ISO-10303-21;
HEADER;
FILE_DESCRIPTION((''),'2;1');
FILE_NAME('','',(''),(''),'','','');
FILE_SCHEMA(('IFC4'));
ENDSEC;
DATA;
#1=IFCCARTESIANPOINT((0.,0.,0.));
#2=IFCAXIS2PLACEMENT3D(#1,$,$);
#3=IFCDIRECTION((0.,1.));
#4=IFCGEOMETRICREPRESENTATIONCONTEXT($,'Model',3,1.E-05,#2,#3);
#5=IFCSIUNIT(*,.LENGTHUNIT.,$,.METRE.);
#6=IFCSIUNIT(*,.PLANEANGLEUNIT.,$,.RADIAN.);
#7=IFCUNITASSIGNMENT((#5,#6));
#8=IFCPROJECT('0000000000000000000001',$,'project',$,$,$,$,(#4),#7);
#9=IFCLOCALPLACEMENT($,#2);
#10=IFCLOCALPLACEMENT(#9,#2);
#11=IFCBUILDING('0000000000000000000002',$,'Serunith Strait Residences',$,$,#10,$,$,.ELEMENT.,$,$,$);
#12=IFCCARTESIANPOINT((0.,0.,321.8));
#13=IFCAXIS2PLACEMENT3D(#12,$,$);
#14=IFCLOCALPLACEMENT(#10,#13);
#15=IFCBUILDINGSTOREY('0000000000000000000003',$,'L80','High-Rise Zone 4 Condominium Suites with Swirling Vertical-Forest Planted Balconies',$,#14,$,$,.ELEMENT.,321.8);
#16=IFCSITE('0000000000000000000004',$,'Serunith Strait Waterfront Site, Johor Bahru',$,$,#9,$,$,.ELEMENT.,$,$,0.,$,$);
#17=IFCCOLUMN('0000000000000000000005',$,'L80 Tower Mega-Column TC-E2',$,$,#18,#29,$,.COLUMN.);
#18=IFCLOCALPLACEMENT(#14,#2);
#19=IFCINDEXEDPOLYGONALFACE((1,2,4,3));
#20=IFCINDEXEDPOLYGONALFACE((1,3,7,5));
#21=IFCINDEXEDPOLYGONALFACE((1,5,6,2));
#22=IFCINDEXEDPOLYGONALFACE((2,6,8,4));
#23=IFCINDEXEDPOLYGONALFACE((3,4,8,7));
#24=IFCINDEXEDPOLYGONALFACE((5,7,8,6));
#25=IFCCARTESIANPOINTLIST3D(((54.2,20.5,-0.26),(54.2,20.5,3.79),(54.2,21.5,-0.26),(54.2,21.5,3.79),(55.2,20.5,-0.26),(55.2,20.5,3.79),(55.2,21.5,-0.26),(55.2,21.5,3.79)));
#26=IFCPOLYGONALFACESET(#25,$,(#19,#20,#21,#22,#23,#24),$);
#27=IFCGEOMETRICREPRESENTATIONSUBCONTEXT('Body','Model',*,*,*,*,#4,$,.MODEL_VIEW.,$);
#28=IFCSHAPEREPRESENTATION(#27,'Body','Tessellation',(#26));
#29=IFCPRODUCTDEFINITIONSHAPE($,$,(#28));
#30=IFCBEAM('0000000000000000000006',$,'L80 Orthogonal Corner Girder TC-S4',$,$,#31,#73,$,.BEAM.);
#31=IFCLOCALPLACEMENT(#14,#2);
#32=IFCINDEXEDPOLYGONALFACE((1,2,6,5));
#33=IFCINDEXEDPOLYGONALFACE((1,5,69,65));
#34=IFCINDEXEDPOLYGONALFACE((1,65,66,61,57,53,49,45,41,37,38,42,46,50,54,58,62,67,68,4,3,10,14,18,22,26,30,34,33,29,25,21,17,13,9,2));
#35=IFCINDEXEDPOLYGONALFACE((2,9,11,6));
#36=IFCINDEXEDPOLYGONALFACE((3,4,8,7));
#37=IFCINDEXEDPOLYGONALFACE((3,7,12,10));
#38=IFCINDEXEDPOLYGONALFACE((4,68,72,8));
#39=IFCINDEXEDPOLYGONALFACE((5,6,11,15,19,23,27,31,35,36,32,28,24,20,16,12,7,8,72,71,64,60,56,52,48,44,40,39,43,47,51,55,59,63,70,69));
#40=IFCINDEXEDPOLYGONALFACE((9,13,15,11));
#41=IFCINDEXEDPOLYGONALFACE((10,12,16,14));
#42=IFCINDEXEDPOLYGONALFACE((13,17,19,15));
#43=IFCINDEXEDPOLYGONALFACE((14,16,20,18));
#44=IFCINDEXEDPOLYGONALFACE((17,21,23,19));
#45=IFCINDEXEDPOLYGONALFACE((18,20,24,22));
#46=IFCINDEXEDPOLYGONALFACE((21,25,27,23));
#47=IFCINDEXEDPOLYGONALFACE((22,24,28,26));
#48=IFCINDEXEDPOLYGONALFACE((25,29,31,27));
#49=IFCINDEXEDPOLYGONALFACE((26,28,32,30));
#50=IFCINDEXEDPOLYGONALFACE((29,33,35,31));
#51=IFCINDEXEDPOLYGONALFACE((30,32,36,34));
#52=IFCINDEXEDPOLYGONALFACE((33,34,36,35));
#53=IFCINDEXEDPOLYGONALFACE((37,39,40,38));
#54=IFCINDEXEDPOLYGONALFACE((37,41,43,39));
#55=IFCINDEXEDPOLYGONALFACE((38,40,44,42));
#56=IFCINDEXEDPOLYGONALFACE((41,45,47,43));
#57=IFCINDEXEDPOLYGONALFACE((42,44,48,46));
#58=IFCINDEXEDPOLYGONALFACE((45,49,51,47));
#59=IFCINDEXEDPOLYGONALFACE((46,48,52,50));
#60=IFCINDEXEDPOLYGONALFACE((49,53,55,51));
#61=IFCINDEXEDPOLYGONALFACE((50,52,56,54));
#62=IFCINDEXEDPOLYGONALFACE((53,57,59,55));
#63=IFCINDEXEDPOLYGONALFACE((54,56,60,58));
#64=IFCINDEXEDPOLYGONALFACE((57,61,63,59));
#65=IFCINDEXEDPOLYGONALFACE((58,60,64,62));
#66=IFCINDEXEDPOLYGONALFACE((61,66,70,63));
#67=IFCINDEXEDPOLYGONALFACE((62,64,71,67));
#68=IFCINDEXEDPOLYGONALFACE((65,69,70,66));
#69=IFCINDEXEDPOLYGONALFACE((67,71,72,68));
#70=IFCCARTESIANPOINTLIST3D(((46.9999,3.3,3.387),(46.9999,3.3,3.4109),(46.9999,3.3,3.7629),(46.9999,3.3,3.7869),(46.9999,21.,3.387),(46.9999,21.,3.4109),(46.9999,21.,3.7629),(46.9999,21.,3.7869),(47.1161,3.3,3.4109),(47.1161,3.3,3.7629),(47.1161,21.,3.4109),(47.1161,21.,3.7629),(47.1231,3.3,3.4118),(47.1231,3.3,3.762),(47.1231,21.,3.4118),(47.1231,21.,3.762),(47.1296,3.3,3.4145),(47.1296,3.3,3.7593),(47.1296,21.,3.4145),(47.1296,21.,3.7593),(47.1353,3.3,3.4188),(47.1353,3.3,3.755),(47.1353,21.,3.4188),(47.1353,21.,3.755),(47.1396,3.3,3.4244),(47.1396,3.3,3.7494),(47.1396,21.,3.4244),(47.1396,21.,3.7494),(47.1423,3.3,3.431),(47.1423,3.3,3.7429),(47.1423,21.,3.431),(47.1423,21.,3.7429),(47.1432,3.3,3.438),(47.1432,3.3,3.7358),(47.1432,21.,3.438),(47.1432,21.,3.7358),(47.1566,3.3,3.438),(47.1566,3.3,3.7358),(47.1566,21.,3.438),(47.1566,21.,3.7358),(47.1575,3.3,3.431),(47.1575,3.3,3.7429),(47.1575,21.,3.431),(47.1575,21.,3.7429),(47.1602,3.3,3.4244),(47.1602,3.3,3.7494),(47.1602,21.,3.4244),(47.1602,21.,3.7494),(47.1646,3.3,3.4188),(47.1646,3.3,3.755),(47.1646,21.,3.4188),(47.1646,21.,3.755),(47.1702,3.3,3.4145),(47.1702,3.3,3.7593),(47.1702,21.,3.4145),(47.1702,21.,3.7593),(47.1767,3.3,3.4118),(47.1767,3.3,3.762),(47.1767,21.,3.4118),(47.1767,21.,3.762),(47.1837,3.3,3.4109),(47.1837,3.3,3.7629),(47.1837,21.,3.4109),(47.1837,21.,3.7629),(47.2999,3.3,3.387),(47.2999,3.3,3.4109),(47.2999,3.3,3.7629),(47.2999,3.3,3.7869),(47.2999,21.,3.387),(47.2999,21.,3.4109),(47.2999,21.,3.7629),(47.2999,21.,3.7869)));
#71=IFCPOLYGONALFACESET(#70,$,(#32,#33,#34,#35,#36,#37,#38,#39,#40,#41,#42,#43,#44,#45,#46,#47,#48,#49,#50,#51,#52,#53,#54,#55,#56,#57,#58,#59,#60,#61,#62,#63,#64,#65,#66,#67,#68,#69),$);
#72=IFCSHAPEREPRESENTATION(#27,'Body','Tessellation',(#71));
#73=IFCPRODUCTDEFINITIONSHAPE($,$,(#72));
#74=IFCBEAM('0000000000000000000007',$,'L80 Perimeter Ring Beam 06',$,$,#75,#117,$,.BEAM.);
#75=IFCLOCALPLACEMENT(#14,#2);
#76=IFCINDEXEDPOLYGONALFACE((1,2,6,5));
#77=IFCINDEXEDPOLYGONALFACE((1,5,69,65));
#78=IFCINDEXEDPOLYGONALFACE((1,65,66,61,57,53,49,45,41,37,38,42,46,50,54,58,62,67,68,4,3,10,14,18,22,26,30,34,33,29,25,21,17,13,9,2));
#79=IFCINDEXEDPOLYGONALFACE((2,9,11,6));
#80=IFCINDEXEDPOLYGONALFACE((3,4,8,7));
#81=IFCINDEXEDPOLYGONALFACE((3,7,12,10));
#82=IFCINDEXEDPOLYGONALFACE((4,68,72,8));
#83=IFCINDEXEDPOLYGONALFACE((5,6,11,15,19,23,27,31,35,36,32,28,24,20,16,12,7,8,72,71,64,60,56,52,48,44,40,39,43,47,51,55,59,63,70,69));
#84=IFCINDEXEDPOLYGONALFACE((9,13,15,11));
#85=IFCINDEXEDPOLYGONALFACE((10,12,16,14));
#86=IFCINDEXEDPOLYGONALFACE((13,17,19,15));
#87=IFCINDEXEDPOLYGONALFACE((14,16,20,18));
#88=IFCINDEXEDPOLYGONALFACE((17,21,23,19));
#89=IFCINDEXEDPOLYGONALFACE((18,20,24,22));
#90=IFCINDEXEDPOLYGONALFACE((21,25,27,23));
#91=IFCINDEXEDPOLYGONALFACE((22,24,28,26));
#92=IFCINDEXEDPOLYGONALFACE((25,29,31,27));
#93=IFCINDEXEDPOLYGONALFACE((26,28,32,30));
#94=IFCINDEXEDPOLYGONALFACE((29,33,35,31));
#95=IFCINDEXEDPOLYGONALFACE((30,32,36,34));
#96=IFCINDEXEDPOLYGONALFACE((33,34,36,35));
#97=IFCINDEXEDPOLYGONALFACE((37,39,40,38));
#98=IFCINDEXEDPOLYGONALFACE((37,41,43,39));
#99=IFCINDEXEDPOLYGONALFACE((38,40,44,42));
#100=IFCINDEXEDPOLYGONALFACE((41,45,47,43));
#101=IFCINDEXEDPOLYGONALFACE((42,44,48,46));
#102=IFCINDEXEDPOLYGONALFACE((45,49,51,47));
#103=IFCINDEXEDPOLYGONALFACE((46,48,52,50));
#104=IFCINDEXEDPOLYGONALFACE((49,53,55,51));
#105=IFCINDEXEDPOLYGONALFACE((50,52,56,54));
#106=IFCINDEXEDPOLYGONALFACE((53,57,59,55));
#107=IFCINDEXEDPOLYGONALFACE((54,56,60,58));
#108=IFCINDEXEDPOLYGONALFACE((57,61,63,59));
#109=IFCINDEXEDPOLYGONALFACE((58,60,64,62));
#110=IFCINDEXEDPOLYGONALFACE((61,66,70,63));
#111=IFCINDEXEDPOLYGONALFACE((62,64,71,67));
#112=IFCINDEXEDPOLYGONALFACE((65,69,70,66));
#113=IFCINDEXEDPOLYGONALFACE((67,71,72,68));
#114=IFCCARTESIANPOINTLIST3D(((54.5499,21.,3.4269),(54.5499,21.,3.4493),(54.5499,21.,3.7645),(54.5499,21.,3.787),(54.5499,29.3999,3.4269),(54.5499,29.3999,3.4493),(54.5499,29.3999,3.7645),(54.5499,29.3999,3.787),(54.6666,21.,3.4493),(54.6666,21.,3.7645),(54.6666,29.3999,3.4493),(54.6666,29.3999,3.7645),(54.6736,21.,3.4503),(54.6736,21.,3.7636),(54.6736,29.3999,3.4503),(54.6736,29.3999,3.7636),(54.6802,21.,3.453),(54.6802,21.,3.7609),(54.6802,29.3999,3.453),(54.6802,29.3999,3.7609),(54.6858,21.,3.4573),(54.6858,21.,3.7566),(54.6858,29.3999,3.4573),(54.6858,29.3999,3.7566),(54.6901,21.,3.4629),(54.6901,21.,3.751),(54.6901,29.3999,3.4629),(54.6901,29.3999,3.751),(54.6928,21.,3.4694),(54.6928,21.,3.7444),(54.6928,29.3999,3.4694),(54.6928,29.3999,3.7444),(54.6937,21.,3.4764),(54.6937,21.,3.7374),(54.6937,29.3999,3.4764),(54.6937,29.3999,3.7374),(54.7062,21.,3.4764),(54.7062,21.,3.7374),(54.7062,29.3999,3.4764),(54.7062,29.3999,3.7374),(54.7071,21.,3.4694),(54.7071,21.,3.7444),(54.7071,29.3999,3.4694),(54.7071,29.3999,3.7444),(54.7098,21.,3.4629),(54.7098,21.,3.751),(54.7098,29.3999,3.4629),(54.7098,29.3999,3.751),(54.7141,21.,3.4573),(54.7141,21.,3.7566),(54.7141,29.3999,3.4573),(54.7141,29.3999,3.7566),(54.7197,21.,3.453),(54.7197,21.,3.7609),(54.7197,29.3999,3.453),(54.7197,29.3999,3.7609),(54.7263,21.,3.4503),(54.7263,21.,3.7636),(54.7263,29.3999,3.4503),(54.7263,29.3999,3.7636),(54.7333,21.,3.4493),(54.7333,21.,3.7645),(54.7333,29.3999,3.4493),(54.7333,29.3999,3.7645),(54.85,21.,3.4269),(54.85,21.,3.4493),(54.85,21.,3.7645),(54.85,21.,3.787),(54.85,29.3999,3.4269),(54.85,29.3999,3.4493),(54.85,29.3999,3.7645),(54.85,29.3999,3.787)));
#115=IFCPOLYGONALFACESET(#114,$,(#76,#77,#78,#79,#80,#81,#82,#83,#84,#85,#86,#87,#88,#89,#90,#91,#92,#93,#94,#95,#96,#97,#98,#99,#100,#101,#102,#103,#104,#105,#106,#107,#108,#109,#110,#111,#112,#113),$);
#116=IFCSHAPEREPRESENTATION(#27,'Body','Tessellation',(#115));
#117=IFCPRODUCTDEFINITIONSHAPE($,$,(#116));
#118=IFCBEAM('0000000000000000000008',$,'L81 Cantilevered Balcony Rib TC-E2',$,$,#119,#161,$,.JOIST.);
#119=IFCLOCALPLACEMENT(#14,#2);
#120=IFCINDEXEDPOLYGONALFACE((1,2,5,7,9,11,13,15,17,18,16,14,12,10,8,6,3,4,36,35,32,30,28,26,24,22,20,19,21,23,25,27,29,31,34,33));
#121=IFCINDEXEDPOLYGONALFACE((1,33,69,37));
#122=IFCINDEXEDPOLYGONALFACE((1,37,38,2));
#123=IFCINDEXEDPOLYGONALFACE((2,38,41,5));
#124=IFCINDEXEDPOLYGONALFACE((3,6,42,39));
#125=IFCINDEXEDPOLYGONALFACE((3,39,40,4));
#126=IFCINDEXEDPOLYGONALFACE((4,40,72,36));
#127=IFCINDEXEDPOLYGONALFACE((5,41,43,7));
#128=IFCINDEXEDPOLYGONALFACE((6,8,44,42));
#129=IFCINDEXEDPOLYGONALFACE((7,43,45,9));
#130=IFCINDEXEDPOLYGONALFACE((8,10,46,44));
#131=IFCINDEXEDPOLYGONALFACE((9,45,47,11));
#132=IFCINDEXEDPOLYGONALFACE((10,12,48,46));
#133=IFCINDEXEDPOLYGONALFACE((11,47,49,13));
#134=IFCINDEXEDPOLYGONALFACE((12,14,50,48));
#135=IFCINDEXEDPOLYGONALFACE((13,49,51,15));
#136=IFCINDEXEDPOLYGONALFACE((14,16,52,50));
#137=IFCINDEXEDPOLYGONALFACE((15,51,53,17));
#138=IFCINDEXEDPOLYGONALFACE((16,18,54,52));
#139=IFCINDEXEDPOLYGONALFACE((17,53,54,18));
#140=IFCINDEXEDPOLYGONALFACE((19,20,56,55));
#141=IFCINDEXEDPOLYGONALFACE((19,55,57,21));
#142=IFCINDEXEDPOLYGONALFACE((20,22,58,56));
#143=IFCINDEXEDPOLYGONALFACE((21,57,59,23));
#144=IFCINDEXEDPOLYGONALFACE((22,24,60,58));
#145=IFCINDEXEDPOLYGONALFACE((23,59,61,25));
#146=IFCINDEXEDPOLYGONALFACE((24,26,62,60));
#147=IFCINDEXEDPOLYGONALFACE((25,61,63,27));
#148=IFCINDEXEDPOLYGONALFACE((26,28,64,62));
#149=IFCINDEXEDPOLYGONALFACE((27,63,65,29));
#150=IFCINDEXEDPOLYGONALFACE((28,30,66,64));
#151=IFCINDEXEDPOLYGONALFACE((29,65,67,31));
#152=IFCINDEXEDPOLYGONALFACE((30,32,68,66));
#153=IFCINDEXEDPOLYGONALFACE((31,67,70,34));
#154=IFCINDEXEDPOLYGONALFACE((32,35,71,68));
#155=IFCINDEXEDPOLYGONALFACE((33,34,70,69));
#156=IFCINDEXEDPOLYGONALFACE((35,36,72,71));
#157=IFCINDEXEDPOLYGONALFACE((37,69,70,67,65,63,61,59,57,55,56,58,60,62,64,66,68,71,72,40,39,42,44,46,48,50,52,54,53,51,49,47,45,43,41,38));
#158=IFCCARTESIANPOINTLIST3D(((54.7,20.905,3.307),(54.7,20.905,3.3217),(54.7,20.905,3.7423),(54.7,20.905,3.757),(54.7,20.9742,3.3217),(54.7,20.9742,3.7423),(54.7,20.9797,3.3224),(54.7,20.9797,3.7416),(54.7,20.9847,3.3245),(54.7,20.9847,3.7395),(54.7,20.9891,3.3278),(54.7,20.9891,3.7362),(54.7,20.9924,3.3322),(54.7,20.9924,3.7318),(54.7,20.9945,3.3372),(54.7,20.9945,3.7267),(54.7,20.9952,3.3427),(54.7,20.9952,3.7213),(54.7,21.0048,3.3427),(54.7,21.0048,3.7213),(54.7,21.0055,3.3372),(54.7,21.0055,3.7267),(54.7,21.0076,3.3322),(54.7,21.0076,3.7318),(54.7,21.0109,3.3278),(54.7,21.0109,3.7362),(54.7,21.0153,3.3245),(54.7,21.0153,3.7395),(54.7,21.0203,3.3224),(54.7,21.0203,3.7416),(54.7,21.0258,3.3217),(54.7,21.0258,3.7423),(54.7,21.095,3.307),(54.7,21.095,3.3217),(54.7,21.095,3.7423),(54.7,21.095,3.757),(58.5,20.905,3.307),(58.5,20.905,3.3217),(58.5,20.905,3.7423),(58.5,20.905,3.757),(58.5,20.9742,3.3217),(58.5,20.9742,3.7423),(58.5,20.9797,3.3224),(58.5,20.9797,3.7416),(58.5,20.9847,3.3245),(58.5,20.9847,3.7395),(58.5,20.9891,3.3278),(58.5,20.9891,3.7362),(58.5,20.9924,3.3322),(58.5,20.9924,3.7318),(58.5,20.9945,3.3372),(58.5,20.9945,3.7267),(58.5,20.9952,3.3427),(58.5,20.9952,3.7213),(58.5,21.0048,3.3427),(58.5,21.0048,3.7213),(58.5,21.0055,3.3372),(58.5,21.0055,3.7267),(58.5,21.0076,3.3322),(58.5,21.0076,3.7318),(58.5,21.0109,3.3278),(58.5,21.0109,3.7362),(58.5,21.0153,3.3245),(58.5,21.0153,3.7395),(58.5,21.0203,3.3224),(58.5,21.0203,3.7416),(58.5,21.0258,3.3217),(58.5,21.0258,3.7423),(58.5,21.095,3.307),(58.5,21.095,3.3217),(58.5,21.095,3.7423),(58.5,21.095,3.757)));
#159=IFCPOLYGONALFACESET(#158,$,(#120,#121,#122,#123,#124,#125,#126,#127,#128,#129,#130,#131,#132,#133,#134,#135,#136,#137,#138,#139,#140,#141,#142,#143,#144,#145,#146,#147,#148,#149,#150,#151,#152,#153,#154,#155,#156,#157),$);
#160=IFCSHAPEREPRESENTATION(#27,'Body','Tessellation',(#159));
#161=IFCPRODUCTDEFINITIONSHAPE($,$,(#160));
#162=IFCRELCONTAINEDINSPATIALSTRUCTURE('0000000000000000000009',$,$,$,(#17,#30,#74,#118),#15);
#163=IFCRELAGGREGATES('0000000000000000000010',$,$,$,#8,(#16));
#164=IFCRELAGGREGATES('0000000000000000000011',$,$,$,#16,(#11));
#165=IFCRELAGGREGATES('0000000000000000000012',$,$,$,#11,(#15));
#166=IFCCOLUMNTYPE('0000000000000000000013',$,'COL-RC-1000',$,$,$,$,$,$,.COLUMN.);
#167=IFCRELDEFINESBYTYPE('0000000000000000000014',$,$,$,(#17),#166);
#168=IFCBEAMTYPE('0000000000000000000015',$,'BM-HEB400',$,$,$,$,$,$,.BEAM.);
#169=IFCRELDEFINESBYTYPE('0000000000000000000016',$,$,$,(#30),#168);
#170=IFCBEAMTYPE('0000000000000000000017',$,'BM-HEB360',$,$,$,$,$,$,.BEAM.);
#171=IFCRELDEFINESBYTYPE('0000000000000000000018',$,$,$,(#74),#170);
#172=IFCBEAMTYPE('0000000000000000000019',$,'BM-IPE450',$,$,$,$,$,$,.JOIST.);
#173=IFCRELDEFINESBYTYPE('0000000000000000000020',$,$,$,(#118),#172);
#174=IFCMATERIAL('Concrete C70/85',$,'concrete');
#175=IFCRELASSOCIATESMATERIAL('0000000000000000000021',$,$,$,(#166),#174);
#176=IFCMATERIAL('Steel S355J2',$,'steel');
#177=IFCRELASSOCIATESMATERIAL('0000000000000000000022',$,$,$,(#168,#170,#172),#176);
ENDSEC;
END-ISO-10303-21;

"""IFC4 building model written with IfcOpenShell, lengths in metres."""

from ifc_helpers import new_model, si_unit, direction, frame, origin, origin_2d, place, context, subcontext, project, spatial, rectangle, i_section, extrude, source, transform, mapped, material, material_profile, profile_set, type_object, element, save


model = new_model("IFC4")

# Units and contexts
model_context = context("Model", 3, precision=1e-05, world=origin(), true_north=direction((0.0, 1.0)))
body_context = subcontext(model_context, "Body", "Model", "MODEL_VIEW")
ifc_project = project(units=[si_unit("LENGTHUNIT", "METRE"), si_unit("PLANEANGLEUNIT", "RADIAN")], contexts=[model_context])

# Site, building, storey
site_placement = place(None, origin())
site = spatial("IfcSite", under=ifc_project, at=site_placement, Name="Serunith Strait Waterfront Site, Johor Bahru", CompositionType="ELEMENT", RefElevation=0.0)
building_placement = place(site_placement, origin())
building = spatial("IfcBuilding", under=site, at=building_placement, Name="Serunith Strait Residences", CompositionType="ELEMENT")
storey_placement = place(building_placement, frame((0.0, 0.0, 321.8)))
storey = spatial("IfcBuildingStorey", under=building, at=storey_placement, Name="L80", Description="High-Rise Zone 4 Condominium Suites with Swirling Vertical-Forest Planted Balconies", CompositionType="ELEMENT", Elevation=321.8)

# Column
ifc_material_1 = material(Name="Concrete C70/85", Category="concrete")
ifc_material_profile_1 = material_profile(ifc_material_1, rectangle(XDim=1.0, YDim=1.0, at=origin_2d()), Name="RC 1000x1000")
ifc_profile_set_1 = profile_set([ifc_material_profile_1], Name="Concrete C70/85")
column_type = type_object("IfcColumnType", Name="COL-RC-1000", PredefinedType="COLUMN", material=ifc_profile_set_1)
shared_shape_1 = source(origin(), body_context, "Body", "SweptSolid", [
    extrude(rectangle(XDim=1.0, YDim=1.0, at=origin_2d()), origin(), (0.0, 0.0, 1.0), 4.05),
])
column_placement = place(storey_placement, frame((54.7, 21.0, -0.26), z_axis=(0.0, 0.0, 1.0), x_axis=(1.0, 0.0, 0.0)))
element("IfcColumn", 1, at=column_placement, inside=storey, type_object=column_type, Name="L80 Tower Mega-Column TC-E2", PredefinedType="COLUMN", context=body_context, shape_type="MappedRepresentation", body=[
    mapped(shared_shape_1, transform((0.0, 0.0, 0.0), scale=1.0)),
])

# Beams
ifc_material_2 = material(Name="Steel S355J2", Category="steel")
ifc_material_profile_2 = material_profile(ifc_material_2, i_section(OverallWidth=0.3, OverallDepth=0.3999, WebThickness=0.0134, FlangeThickness=0.0239, FilletRadius=0.0271, at=origin_2d()), Name="HEB 400")
ifc_profile_set_2 = profile_set([ifc_material_profile_2], Name="Steel S355J2")
beam_type_1 = type_object("IfcBeamType", Name="BM-HEB400", PredefinedType="BEAM", material=ifc_profile_set_2)
shared_shape_2 = source(origin(), body_context, "Body", "SweptSolid", [
    extrude(i_section(OverallWidth=0.3, OverallDepth=0.3999, WebThickness=0.0134, FlangeThickness=0.0239, FilletRadius=0.0271, at=origin_2d()), origin(), (0.0, 0.0, 1.0), 17.7),
])
beam_1_placement = place(storey_placement, frame((47.1499, 21.0, 3.5869), z_axis=(0.0, -1.0, 0.0), x_axis=(1.0, 0.0, 0.0)))
element("IfcBeam", 2, at=beam_1_placement, inside=storey, type_object=beam_type_1, Name="L80 Orthogonal Corner Girder TC-S4", PredefinedType="BEAM", context=body_context, shape_type="MappedRepresentation", body=[
    mapped(shared_shape_2, transform((0.0, 0.0, 0.0), scale=1.0)),
])
ifc_material_profile_3 = material_profile(ifc_material_2, i_section(OverallWidth=0.3, OverallDepth=0.3601, WebThickness=0.0125, FlangeThickness=0.0225, FilletRadius=0.0271, at=origin_2d()), Name="HEB 360")
ifc_profile_set_3 = profile_set([ifc_material_profile_3], Name="Steel S355J2")
beam_type_2 = type_object("IfcBeamType", Name="BM-HEB360", PredefinedType="BEAM", material=ifc_profile_set_3)
shared_shape_3 = source(origin(), body_context, "Body", "SweptSolid", [
    extrude(i_section(OverallWidth=0.3, OverallDepth=0.3601, WebThickness=0.0125, FlangeThickness=0.0225, FilletRadius=0.0271, at=origin_2d()), origin(), (0.0, 0.0, 1.0), 8.3999),
])
beam_2_placement = place(storey_placement, frame((54.7, 21.0, 3.6069), z_axis=(0.0, 1.0, 0.0), x_axis=(-1.0, 0.0, 0.0)))
element("IfcBeam", 3, at=beam_2_placement, inside=storey, type_object=beam_type_2, Name="L80 Perimeter Ring Beam 06", PredefinedType="BEAM", context=body_context, shape_type="MappedRepresentation", body=[
    mapped(shared_shape_3, transform((0.0, 0.0, 0.0), scale=1.0)),
])
ifc_material_profile_4 = material_profile(ifc_material_2, i_section(OverallWidth=0.1899, OverallDepth=0.45, WebThickness=0.0095, FlangeThickness=0.0146, FilletRadius=0.021, at=origin_2d()), Name="IPE 450")
ifc_profile_set_4 = profile_set([ifc_material_profile_4], Name="Steel S355J2")
beam_type_3 = type_object("IfcBeamType", Name="BM-IPE450", PredefinedType="JOIST", material=ifc_profile_set_4)
shared_shape_4 = source(origin(), body_context, "Body", "SweptSolid", [
    extrude(i_section(OverallWidth=0.1899, OverallDepth=0.45, WebThickness=0.0095, FlangeThickness=0.0146, FilletRadius=0.021, at=origin_2d()), origin(), (0.0, 0.0, 1.0), 3.8),
])
beam_3_placement = place(storey_placement, frame((54.7, 21.0, 3.532), z_axis=(1.0, 0.0, 0.0), x_axis=(0.0, 1.0, 0.0)))
element("IfcBeam", 4, at=beam_3_placement, inside=storey, type_object=beam_type_3, Name="L81 Cantilevered Balcony Rib TC-E2", PredefinedType="JOIST", context=body_context, shape_type="MappedRepresentation", body=[
    mapped(shared_shape_4, transform((0.0, 0.0, 0.0), scale=1.0)),
])

save(model, "model.ifc")
